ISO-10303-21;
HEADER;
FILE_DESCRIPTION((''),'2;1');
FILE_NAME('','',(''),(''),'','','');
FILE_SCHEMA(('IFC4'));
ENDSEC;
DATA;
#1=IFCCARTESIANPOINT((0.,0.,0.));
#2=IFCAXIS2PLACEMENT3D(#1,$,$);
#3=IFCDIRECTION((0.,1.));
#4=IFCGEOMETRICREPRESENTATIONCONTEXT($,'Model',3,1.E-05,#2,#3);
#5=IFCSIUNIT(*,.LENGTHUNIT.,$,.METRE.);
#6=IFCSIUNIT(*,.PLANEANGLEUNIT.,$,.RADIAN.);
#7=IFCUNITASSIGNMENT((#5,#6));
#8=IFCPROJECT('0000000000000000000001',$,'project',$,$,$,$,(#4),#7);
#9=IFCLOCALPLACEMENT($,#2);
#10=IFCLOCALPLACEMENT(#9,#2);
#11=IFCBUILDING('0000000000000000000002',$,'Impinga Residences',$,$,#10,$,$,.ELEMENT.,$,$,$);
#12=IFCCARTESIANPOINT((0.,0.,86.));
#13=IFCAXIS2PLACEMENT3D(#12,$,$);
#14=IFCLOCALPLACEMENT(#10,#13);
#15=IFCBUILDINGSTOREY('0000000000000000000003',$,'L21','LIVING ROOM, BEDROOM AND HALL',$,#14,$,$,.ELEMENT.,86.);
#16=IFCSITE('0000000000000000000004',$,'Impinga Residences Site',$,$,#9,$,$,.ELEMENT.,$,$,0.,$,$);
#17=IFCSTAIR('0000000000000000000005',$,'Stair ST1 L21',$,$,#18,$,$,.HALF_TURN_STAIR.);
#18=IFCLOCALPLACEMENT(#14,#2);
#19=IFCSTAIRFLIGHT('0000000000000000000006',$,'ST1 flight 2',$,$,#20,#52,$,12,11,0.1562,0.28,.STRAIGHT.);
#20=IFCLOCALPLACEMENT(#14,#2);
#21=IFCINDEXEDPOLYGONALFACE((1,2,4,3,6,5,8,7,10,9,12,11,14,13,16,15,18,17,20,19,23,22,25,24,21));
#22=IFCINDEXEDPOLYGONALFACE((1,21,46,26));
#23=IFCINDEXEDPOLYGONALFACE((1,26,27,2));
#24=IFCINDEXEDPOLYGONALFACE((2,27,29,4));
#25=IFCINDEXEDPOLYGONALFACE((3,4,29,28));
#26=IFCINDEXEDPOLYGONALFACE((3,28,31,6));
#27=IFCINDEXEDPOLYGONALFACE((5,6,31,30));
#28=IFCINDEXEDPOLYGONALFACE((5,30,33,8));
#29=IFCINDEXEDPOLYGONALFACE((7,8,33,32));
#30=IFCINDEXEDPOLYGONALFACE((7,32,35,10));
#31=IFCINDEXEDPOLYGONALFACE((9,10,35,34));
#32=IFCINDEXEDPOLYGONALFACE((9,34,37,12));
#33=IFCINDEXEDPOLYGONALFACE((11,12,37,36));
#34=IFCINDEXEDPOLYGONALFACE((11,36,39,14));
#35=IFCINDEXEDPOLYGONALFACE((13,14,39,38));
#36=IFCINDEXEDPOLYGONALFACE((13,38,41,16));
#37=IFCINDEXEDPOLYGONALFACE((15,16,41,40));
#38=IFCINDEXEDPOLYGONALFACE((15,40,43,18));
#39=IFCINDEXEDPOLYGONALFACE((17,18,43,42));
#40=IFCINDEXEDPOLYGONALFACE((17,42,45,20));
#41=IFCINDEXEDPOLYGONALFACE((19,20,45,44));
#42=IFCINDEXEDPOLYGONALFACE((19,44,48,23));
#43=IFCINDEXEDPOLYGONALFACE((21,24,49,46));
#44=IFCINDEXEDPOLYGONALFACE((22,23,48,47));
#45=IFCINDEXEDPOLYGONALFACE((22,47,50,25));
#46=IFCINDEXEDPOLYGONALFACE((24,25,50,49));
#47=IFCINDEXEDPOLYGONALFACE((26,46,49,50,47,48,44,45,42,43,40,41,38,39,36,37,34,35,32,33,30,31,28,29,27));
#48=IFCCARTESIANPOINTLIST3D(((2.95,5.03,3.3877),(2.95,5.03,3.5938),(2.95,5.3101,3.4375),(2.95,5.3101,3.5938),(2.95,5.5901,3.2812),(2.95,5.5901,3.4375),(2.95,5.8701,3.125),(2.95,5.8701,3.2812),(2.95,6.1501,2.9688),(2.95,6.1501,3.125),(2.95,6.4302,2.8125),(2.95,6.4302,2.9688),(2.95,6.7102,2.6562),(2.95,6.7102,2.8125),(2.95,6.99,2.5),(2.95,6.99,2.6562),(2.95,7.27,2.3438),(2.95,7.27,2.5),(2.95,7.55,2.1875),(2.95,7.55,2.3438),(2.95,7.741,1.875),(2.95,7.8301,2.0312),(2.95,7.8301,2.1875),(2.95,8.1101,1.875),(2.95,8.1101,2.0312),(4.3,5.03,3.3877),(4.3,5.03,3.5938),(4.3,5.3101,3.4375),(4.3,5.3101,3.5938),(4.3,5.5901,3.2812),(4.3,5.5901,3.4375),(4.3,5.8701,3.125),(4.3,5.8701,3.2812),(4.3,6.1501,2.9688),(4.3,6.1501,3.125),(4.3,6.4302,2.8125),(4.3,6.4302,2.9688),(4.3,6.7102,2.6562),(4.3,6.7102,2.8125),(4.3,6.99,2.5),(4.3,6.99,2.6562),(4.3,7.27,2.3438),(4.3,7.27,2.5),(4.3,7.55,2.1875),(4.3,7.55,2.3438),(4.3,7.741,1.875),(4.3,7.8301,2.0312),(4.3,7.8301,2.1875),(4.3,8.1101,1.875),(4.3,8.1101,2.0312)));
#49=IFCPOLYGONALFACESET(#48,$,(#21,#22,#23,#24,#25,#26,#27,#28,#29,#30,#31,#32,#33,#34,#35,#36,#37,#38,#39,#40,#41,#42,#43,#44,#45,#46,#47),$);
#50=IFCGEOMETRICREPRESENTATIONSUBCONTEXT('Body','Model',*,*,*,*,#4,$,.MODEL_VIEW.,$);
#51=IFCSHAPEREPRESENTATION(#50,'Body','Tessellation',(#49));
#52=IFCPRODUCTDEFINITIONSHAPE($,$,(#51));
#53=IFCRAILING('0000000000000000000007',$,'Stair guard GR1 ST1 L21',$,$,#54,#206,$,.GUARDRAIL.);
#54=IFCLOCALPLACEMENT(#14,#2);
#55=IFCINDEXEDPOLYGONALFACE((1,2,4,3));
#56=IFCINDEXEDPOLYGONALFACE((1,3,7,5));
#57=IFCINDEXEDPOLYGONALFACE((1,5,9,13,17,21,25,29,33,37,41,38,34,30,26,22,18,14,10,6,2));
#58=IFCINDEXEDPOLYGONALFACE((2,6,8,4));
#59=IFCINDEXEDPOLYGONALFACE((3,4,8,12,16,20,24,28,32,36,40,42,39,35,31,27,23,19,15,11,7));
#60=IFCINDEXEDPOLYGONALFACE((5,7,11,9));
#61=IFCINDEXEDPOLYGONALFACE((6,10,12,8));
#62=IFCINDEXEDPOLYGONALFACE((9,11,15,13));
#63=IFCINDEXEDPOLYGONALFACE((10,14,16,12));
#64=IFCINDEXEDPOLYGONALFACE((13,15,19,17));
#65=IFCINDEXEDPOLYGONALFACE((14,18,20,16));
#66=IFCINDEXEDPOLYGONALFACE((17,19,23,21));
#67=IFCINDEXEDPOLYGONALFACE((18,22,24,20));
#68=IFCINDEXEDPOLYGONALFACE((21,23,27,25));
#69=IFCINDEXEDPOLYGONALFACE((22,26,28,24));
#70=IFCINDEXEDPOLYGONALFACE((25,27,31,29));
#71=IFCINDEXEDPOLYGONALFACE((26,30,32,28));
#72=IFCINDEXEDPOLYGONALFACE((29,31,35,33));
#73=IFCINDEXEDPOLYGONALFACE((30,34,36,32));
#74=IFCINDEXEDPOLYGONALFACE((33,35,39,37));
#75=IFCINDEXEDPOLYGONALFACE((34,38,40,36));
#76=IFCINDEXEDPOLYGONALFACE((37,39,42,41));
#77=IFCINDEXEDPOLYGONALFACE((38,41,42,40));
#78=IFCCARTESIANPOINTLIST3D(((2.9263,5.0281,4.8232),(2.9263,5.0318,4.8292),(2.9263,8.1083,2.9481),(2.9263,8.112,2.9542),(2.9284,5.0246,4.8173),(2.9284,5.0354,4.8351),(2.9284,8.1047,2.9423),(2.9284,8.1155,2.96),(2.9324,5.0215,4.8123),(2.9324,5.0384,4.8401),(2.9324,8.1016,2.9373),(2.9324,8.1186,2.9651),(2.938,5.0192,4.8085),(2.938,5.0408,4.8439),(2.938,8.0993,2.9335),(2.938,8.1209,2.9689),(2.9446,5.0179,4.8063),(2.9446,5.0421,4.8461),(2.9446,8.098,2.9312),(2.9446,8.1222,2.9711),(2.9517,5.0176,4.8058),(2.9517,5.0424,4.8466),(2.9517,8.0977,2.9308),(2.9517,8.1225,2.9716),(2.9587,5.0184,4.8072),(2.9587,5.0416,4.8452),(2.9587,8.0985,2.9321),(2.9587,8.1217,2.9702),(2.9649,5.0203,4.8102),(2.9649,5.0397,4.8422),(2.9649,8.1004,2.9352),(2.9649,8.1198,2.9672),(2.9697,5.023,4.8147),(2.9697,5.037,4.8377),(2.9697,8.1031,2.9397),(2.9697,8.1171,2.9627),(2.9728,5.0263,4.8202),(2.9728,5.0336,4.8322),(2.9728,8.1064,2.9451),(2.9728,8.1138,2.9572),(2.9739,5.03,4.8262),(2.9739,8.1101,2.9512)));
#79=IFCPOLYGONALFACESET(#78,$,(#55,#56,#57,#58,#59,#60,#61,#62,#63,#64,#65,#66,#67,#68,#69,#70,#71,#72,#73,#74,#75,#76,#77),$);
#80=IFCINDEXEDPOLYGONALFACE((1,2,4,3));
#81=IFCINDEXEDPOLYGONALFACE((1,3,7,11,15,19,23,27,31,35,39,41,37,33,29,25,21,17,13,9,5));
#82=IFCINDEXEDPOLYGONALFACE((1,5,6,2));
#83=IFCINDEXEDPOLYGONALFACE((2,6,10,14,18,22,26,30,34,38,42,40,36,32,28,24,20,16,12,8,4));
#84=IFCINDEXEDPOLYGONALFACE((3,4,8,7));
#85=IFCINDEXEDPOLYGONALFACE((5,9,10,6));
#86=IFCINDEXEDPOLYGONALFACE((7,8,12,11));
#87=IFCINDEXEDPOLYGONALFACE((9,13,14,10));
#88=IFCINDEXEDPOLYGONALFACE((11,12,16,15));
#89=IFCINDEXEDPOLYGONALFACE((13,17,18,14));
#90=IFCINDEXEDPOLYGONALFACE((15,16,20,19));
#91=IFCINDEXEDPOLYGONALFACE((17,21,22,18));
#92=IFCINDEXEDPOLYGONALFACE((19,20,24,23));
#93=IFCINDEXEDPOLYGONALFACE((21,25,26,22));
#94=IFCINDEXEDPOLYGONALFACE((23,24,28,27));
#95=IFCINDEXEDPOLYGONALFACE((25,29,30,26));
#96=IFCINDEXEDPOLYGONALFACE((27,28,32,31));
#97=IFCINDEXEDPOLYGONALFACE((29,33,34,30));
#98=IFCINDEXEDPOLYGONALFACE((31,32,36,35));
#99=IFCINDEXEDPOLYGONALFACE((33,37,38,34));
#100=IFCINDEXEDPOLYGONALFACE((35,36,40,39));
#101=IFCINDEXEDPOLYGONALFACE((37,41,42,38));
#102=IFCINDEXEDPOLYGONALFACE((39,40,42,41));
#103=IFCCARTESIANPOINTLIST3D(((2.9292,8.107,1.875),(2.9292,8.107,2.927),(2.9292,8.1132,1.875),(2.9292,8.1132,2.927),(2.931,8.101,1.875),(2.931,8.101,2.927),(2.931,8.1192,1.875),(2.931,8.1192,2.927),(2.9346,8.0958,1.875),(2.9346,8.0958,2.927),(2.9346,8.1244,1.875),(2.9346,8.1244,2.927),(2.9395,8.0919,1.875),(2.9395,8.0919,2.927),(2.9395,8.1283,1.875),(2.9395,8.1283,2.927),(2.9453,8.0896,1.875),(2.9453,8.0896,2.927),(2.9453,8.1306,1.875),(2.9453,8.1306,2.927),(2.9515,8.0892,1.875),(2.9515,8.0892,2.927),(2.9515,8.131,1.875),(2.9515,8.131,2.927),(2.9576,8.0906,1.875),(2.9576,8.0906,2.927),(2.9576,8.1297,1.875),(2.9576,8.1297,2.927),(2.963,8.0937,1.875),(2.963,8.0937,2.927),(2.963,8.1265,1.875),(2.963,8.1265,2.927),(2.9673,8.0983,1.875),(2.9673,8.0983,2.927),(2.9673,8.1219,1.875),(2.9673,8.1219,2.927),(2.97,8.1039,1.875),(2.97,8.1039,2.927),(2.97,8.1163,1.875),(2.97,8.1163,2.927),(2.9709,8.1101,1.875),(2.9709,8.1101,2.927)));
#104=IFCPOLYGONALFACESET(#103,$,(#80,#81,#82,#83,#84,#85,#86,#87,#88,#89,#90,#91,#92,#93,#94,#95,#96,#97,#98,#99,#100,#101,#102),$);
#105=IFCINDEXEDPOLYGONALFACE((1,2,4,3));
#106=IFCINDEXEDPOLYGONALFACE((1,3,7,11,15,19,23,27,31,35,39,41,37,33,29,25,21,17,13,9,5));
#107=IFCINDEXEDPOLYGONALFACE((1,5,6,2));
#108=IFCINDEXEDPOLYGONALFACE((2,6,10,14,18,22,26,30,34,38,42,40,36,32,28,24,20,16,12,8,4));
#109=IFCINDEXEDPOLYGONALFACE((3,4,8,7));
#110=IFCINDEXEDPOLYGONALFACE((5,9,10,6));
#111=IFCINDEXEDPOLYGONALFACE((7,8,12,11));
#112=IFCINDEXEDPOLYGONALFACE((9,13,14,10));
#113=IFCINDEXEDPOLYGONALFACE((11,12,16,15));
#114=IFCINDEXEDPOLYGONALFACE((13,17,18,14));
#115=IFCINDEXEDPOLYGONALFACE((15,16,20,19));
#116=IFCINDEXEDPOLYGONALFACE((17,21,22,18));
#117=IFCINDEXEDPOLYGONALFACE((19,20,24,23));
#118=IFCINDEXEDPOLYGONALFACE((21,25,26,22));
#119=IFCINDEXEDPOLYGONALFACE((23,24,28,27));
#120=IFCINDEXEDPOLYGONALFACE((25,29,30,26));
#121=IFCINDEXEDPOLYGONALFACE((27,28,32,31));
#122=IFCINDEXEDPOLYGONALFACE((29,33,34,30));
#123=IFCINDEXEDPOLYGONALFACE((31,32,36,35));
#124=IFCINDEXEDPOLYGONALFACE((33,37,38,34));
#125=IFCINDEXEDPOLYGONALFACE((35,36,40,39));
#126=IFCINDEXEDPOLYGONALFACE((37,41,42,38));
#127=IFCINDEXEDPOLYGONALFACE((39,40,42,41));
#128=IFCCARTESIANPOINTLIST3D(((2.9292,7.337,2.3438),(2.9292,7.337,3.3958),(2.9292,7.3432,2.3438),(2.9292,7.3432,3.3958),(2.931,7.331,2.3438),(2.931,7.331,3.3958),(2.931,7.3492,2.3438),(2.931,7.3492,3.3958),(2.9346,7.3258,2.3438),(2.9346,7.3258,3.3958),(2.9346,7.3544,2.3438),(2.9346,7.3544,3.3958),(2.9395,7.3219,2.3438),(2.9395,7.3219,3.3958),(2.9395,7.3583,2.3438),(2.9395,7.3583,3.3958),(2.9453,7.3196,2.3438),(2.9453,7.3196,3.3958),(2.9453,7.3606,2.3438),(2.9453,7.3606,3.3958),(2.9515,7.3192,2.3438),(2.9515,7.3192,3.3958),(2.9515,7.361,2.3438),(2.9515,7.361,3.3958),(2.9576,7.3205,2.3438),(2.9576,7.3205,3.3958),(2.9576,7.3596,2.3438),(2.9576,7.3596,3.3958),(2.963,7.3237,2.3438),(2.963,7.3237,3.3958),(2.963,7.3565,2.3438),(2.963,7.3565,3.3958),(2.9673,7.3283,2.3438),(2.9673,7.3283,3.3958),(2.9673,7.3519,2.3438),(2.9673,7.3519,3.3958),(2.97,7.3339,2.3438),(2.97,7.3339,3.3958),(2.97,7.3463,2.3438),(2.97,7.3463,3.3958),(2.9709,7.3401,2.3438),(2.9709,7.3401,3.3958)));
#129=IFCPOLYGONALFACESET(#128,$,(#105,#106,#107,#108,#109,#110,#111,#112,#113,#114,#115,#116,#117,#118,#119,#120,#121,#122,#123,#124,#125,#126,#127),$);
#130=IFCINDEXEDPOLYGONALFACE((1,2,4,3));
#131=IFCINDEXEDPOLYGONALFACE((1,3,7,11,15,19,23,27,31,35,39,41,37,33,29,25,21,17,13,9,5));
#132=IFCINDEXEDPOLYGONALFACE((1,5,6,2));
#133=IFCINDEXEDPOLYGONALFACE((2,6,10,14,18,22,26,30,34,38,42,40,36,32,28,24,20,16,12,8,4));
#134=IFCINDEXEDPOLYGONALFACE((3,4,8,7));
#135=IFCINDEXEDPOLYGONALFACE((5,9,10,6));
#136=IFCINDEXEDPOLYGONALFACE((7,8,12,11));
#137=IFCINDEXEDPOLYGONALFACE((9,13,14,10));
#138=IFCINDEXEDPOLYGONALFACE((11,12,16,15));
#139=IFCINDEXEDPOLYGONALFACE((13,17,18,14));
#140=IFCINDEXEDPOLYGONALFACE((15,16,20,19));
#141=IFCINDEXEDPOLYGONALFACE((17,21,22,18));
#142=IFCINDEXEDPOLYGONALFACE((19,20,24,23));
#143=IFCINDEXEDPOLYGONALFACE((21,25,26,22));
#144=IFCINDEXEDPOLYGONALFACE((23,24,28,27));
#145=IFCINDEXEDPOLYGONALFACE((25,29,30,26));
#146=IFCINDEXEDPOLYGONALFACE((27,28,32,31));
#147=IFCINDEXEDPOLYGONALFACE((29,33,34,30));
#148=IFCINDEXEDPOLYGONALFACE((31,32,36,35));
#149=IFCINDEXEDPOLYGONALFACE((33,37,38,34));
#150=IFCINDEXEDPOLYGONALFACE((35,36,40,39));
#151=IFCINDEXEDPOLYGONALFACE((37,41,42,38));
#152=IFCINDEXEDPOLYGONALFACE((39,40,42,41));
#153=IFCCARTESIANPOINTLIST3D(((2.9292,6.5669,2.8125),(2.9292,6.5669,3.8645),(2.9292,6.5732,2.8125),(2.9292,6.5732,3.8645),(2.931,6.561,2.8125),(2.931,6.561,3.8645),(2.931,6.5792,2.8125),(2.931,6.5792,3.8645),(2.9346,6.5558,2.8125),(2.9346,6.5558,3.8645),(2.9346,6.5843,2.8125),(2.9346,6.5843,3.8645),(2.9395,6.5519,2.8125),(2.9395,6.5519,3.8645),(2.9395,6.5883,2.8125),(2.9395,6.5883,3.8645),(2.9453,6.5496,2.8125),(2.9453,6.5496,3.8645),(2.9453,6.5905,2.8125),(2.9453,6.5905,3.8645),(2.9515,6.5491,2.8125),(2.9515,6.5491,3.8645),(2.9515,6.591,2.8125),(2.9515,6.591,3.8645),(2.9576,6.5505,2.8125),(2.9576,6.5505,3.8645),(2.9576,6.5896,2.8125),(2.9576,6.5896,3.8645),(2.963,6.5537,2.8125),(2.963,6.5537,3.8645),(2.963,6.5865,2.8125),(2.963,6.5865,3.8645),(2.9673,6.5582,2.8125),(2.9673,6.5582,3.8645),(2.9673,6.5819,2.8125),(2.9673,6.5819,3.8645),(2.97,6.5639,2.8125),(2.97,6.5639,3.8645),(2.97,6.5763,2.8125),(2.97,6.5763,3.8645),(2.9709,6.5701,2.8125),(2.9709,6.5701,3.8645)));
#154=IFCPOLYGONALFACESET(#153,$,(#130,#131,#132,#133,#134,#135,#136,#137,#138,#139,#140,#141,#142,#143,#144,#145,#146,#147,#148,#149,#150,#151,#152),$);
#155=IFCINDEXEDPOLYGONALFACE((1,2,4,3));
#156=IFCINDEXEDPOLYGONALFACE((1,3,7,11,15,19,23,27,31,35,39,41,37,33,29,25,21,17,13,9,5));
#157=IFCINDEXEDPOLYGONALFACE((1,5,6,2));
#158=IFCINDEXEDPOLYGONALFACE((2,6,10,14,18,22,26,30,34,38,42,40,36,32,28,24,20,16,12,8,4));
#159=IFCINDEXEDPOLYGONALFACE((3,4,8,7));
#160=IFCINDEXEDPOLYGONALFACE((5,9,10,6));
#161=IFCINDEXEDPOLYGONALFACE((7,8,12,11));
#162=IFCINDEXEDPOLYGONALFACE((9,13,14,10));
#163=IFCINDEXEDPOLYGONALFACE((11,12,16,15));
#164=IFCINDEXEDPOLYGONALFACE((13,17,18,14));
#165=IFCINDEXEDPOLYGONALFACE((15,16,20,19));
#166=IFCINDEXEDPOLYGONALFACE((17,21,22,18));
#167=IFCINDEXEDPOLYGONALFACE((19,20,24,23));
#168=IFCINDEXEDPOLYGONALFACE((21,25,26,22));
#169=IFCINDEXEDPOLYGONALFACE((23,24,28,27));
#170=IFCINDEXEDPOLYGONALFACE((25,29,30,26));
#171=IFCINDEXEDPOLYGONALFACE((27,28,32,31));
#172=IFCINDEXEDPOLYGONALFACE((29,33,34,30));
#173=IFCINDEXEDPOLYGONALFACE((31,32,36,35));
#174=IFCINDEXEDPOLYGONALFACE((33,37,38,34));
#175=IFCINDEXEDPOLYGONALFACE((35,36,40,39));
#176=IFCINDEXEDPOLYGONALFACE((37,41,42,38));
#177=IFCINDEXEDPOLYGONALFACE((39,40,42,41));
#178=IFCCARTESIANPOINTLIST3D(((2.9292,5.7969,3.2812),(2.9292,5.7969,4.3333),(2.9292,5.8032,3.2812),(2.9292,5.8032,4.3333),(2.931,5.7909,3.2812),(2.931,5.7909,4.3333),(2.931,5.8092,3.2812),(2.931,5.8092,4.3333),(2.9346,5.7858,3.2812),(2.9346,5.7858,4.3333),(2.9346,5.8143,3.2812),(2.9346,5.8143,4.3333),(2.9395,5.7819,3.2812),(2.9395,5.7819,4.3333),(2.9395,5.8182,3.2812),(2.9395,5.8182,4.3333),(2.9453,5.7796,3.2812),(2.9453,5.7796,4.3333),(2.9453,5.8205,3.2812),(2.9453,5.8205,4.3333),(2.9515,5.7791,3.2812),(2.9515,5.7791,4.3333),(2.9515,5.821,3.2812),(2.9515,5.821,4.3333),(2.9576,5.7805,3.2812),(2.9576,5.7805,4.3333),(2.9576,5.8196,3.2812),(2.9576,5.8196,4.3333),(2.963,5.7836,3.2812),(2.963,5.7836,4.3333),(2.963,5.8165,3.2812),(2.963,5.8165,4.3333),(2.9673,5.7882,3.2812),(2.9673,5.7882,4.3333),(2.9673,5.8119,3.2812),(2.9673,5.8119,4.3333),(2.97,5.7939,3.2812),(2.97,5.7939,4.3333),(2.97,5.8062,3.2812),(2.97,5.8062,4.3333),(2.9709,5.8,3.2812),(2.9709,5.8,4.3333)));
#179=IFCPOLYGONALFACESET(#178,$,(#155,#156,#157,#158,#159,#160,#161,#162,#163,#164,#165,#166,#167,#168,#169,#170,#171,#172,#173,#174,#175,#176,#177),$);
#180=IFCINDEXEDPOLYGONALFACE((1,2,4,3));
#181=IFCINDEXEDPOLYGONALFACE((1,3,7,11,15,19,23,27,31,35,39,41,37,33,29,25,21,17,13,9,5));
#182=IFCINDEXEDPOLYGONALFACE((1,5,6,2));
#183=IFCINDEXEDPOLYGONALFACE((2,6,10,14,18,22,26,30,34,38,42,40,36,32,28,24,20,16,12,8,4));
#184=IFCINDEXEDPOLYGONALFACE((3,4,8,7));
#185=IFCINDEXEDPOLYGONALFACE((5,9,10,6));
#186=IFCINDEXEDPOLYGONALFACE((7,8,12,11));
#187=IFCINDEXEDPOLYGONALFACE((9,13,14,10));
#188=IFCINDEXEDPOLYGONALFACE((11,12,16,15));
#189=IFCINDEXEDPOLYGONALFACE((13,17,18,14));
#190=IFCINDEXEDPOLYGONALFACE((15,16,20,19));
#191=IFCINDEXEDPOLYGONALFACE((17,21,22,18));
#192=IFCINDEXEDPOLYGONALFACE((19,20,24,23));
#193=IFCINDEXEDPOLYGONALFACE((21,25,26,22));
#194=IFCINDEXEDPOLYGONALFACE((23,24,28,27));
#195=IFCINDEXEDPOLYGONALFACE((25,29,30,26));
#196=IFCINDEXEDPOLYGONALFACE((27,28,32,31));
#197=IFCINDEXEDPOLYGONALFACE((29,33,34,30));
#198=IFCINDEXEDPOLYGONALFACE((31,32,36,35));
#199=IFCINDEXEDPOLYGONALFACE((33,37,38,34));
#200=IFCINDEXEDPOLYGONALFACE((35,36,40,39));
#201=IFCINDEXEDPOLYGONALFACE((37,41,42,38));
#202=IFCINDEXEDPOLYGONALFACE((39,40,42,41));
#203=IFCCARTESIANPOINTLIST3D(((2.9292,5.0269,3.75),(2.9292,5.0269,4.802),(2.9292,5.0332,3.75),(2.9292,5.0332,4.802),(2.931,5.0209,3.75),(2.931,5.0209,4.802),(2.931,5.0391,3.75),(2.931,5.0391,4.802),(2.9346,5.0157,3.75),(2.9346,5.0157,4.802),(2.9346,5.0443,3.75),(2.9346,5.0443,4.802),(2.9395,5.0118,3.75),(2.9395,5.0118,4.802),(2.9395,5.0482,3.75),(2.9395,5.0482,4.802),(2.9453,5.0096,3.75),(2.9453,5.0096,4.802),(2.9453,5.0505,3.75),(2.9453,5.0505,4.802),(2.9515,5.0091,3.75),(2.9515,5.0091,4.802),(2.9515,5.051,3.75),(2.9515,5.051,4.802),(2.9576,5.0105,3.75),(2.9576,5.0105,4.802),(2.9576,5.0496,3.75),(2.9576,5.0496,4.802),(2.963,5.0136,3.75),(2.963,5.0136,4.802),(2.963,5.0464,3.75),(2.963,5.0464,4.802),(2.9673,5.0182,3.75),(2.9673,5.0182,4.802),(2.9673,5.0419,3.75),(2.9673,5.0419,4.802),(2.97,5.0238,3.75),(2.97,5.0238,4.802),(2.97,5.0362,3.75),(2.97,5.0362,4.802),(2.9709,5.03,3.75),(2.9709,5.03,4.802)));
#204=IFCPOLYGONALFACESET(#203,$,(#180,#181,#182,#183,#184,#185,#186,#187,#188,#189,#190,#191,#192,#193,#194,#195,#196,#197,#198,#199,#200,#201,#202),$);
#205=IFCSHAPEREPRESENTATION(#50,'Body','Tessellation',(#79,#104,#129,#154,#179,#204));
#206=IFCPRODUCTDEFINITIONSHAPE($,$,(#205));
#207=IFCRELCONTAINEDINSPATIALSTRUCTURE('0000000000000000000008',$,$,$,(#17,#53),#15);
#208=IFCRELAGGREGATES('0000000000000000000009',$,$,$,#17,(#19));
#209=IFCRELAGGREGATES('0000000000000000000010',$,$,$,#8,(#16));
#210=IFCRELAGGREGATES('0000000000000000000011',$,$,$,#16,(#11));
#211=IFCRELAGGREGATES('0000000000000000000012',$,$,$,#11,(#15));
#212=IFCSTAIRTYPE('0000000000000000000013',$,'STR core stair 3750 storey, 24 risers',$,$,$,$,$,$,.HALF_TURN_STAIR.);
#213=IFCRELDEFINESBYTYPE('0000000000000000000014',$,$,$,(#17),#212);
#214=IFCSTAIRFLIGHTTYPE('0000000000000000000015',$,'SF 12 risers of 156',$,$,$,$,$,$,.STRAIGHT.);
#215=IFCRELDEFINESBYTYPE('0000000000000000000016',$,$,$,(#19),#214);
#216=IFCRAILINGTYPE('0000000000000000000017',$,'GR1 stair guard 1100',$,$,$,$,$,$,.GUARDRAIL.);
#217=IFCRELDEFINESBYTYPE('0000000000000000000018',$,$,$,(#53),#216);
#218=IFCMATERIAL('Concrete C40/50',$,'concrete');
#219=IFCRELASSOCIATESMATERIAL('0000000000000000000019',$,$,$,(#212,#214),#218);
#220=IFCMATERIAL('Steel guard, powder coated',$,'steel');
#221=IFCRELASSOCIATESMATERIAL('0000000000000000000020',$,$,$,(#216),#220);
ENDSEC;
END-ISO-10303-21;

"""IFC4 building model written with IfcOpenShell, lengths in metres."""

from ifc_helpers import new_model, si_unit, direction, frame, origin, origin_2d, place, context, subcontext, project, spatial, polyline, circle, outline, extrude, material, type_object, element, aggregate, save


model = new_model("IFC4")

# Units and contexts
model_context = context("Model", 3, precision=1e-05, world=origin(), true_north=direction((0.0, 1.0)))
body_context = subcontext(model_context, "Body", "Model", "MODEL_VIEW")
ifc_project = project(units=[si_unit("LENGTHUNIT", "METRE"), si_unit("PLANEANGLEUNIT", "RADIAN")], contexts=[model_context])

# Site, building, storey
site_placement = place(None, origin())
site = spatial("IfcSite", under=ifc_project, at=site_placement, Name="Impinga Residences Site", CompositionType="ELEMENT", RefElevation=0.0)
building_placement = place(site_placement, origin())
building = spatial("IfcBuilding", under=site, at=building_placement, Name="Impinga Residences", CompositionType="ELEMENT")
storey_placement = place(building_placement, frame((0.0, 0.0, 86.0)))
storey = spatial("IfcBuildingStorey", under=building, at=storey_placement, Name="L21", Description="LIVING ROOM, BEDROOM AND HALL", CompositionType="ELEMENT", Elevation=86.0)

# Stair, stair flight
ifc_material_1 = material(Name="Concrete C40/50", Category="concrete")
stair_type = type_object("IfcStairType", Name="STR core stair 3750 storey, 24 risers", PredefinedType="HALF_TURN_STAIR", material=ifc_material_1)
stair_placement = place(storey_placement, origin())
stair = element("IfcStair", 1, at=stair_placement, inside=storey, type_object=stair_type, Name="Stair ST1 L21", PredefinedType="HALF_TURN_STAIR")
stair_flight_type = type_object("IfcStairFlightType", Name="SF 12 risers of 156", PredefinedType="STRAIGHT", material=ifc_material_1)
stair_flight_1_placement = place(storey_placement, frame((3.625, 8.1101, 1.875), z_axis=(0.0, 0.0, 1.0), x_axis=(0.0, -1.0, 0.0)))
stair_flight_1 = element("IfcStairFlight", 2, at=stair_flight_1_placement, type_object=stair_flight_type, Name="ST1 flight 2", NumberOfRisers=12, NumberOfTreads=11, PredefinedType="STRAIGHT", RiserHeight=0.1562, TreadLength=0.28, context=body_context, shape_type="SweptSolid", body=[
    extrude(outline(polyline([(0.0, 0.0), (0.0, 0.1562), (0.28, 0.1562), (0.28, 0.3125), (0.5601, 0.3125), (0.5601, 0.4688), (0.8401, 0.4688), (0.8401, 0.625), (1.1201, 0.625), (1.1201, 0.7812), (1.3999, 0.7812), (1.3999, 0.9375), (1.6799, 0.9375), (1.6799, 1.0938), (1.96, 1.0938), (1.96, 1.25), (2.24, 1.25), (2.24, 1.4062), (2.52, 1.4062), (2.52, 1.5625), (2.8, 1.5625), (2.8, 1.7188), (3.0801, 1.7188), (3.0801, 1.875), (3.0801, 1.5127), (0.3691, 0.0), (0.0, 0.0)])), frame((0.0, 0.675, 0.0), z_axis=(0.0, -1.0, 0.0), x_axis=(1.0, 0.0, 0.0)), (0.0, 0.0, 1.0), 1.3501),
])
aggregate(stair, [stair_flight_1])

# Railing
ifc_material_2 = material(Name="Steel guard, powder coated", Category="steel")
railing_type_1 = type_object("IfcRailingType", Name="GR1 stair guard 1100", PredefinedType="GUARDRAIL", material=ifc_material_2)
railing_1_placement = place(storey_placement, frame((2.95, 8.1101, 1.875)))
element("IfcRailing", 3, at=railing_1_placement, inside=storey, type_object=railing_type_1, Name="Stair guard GR1 ST1 L21", PredefinedType="GUARDRAIL", context=body_context, shape_type="SweptSolid", body=[
    extrude(circle(Radius=0.0239, at=origin_2d()), frame((0.0, 0.0, 1.0762), z_axis=(0.0, -0.854178, 0.519981), x_axis=(1.0, 0.0, 0.0)), (0.0, 0.0, 1.0), 3.606),
    extrude(circle(Radius=0.021, at=origin_2d()), origin(), (0.0, 0.0, 1.0), 1.052),
    extrude(circle(Radius=0.021, at=origin_2d()), frame((0.0, -0.77, 0.4688)), (0.0, 0.0, 1.0), 1.052),
    extrude(circle(Radius=0.021, at=origin_2d()), frame((0.0, -1.54, 0.9375)), (0.0, 0.0, 1.0), 1.052),
    extrude(circle(Radius=0.021, at=origin_2d()), frame((0.0, -2.3101, 1.4062)), (0.0, 0.0, 1.0), 1.052),
    extrude(circle(Radius=0.021, at=origin_2d()), frame((0.0, -3.0801, 1.875)), (0.0, 0.0, 1.0), 1.052),
])

save(model, "model.ifc")
